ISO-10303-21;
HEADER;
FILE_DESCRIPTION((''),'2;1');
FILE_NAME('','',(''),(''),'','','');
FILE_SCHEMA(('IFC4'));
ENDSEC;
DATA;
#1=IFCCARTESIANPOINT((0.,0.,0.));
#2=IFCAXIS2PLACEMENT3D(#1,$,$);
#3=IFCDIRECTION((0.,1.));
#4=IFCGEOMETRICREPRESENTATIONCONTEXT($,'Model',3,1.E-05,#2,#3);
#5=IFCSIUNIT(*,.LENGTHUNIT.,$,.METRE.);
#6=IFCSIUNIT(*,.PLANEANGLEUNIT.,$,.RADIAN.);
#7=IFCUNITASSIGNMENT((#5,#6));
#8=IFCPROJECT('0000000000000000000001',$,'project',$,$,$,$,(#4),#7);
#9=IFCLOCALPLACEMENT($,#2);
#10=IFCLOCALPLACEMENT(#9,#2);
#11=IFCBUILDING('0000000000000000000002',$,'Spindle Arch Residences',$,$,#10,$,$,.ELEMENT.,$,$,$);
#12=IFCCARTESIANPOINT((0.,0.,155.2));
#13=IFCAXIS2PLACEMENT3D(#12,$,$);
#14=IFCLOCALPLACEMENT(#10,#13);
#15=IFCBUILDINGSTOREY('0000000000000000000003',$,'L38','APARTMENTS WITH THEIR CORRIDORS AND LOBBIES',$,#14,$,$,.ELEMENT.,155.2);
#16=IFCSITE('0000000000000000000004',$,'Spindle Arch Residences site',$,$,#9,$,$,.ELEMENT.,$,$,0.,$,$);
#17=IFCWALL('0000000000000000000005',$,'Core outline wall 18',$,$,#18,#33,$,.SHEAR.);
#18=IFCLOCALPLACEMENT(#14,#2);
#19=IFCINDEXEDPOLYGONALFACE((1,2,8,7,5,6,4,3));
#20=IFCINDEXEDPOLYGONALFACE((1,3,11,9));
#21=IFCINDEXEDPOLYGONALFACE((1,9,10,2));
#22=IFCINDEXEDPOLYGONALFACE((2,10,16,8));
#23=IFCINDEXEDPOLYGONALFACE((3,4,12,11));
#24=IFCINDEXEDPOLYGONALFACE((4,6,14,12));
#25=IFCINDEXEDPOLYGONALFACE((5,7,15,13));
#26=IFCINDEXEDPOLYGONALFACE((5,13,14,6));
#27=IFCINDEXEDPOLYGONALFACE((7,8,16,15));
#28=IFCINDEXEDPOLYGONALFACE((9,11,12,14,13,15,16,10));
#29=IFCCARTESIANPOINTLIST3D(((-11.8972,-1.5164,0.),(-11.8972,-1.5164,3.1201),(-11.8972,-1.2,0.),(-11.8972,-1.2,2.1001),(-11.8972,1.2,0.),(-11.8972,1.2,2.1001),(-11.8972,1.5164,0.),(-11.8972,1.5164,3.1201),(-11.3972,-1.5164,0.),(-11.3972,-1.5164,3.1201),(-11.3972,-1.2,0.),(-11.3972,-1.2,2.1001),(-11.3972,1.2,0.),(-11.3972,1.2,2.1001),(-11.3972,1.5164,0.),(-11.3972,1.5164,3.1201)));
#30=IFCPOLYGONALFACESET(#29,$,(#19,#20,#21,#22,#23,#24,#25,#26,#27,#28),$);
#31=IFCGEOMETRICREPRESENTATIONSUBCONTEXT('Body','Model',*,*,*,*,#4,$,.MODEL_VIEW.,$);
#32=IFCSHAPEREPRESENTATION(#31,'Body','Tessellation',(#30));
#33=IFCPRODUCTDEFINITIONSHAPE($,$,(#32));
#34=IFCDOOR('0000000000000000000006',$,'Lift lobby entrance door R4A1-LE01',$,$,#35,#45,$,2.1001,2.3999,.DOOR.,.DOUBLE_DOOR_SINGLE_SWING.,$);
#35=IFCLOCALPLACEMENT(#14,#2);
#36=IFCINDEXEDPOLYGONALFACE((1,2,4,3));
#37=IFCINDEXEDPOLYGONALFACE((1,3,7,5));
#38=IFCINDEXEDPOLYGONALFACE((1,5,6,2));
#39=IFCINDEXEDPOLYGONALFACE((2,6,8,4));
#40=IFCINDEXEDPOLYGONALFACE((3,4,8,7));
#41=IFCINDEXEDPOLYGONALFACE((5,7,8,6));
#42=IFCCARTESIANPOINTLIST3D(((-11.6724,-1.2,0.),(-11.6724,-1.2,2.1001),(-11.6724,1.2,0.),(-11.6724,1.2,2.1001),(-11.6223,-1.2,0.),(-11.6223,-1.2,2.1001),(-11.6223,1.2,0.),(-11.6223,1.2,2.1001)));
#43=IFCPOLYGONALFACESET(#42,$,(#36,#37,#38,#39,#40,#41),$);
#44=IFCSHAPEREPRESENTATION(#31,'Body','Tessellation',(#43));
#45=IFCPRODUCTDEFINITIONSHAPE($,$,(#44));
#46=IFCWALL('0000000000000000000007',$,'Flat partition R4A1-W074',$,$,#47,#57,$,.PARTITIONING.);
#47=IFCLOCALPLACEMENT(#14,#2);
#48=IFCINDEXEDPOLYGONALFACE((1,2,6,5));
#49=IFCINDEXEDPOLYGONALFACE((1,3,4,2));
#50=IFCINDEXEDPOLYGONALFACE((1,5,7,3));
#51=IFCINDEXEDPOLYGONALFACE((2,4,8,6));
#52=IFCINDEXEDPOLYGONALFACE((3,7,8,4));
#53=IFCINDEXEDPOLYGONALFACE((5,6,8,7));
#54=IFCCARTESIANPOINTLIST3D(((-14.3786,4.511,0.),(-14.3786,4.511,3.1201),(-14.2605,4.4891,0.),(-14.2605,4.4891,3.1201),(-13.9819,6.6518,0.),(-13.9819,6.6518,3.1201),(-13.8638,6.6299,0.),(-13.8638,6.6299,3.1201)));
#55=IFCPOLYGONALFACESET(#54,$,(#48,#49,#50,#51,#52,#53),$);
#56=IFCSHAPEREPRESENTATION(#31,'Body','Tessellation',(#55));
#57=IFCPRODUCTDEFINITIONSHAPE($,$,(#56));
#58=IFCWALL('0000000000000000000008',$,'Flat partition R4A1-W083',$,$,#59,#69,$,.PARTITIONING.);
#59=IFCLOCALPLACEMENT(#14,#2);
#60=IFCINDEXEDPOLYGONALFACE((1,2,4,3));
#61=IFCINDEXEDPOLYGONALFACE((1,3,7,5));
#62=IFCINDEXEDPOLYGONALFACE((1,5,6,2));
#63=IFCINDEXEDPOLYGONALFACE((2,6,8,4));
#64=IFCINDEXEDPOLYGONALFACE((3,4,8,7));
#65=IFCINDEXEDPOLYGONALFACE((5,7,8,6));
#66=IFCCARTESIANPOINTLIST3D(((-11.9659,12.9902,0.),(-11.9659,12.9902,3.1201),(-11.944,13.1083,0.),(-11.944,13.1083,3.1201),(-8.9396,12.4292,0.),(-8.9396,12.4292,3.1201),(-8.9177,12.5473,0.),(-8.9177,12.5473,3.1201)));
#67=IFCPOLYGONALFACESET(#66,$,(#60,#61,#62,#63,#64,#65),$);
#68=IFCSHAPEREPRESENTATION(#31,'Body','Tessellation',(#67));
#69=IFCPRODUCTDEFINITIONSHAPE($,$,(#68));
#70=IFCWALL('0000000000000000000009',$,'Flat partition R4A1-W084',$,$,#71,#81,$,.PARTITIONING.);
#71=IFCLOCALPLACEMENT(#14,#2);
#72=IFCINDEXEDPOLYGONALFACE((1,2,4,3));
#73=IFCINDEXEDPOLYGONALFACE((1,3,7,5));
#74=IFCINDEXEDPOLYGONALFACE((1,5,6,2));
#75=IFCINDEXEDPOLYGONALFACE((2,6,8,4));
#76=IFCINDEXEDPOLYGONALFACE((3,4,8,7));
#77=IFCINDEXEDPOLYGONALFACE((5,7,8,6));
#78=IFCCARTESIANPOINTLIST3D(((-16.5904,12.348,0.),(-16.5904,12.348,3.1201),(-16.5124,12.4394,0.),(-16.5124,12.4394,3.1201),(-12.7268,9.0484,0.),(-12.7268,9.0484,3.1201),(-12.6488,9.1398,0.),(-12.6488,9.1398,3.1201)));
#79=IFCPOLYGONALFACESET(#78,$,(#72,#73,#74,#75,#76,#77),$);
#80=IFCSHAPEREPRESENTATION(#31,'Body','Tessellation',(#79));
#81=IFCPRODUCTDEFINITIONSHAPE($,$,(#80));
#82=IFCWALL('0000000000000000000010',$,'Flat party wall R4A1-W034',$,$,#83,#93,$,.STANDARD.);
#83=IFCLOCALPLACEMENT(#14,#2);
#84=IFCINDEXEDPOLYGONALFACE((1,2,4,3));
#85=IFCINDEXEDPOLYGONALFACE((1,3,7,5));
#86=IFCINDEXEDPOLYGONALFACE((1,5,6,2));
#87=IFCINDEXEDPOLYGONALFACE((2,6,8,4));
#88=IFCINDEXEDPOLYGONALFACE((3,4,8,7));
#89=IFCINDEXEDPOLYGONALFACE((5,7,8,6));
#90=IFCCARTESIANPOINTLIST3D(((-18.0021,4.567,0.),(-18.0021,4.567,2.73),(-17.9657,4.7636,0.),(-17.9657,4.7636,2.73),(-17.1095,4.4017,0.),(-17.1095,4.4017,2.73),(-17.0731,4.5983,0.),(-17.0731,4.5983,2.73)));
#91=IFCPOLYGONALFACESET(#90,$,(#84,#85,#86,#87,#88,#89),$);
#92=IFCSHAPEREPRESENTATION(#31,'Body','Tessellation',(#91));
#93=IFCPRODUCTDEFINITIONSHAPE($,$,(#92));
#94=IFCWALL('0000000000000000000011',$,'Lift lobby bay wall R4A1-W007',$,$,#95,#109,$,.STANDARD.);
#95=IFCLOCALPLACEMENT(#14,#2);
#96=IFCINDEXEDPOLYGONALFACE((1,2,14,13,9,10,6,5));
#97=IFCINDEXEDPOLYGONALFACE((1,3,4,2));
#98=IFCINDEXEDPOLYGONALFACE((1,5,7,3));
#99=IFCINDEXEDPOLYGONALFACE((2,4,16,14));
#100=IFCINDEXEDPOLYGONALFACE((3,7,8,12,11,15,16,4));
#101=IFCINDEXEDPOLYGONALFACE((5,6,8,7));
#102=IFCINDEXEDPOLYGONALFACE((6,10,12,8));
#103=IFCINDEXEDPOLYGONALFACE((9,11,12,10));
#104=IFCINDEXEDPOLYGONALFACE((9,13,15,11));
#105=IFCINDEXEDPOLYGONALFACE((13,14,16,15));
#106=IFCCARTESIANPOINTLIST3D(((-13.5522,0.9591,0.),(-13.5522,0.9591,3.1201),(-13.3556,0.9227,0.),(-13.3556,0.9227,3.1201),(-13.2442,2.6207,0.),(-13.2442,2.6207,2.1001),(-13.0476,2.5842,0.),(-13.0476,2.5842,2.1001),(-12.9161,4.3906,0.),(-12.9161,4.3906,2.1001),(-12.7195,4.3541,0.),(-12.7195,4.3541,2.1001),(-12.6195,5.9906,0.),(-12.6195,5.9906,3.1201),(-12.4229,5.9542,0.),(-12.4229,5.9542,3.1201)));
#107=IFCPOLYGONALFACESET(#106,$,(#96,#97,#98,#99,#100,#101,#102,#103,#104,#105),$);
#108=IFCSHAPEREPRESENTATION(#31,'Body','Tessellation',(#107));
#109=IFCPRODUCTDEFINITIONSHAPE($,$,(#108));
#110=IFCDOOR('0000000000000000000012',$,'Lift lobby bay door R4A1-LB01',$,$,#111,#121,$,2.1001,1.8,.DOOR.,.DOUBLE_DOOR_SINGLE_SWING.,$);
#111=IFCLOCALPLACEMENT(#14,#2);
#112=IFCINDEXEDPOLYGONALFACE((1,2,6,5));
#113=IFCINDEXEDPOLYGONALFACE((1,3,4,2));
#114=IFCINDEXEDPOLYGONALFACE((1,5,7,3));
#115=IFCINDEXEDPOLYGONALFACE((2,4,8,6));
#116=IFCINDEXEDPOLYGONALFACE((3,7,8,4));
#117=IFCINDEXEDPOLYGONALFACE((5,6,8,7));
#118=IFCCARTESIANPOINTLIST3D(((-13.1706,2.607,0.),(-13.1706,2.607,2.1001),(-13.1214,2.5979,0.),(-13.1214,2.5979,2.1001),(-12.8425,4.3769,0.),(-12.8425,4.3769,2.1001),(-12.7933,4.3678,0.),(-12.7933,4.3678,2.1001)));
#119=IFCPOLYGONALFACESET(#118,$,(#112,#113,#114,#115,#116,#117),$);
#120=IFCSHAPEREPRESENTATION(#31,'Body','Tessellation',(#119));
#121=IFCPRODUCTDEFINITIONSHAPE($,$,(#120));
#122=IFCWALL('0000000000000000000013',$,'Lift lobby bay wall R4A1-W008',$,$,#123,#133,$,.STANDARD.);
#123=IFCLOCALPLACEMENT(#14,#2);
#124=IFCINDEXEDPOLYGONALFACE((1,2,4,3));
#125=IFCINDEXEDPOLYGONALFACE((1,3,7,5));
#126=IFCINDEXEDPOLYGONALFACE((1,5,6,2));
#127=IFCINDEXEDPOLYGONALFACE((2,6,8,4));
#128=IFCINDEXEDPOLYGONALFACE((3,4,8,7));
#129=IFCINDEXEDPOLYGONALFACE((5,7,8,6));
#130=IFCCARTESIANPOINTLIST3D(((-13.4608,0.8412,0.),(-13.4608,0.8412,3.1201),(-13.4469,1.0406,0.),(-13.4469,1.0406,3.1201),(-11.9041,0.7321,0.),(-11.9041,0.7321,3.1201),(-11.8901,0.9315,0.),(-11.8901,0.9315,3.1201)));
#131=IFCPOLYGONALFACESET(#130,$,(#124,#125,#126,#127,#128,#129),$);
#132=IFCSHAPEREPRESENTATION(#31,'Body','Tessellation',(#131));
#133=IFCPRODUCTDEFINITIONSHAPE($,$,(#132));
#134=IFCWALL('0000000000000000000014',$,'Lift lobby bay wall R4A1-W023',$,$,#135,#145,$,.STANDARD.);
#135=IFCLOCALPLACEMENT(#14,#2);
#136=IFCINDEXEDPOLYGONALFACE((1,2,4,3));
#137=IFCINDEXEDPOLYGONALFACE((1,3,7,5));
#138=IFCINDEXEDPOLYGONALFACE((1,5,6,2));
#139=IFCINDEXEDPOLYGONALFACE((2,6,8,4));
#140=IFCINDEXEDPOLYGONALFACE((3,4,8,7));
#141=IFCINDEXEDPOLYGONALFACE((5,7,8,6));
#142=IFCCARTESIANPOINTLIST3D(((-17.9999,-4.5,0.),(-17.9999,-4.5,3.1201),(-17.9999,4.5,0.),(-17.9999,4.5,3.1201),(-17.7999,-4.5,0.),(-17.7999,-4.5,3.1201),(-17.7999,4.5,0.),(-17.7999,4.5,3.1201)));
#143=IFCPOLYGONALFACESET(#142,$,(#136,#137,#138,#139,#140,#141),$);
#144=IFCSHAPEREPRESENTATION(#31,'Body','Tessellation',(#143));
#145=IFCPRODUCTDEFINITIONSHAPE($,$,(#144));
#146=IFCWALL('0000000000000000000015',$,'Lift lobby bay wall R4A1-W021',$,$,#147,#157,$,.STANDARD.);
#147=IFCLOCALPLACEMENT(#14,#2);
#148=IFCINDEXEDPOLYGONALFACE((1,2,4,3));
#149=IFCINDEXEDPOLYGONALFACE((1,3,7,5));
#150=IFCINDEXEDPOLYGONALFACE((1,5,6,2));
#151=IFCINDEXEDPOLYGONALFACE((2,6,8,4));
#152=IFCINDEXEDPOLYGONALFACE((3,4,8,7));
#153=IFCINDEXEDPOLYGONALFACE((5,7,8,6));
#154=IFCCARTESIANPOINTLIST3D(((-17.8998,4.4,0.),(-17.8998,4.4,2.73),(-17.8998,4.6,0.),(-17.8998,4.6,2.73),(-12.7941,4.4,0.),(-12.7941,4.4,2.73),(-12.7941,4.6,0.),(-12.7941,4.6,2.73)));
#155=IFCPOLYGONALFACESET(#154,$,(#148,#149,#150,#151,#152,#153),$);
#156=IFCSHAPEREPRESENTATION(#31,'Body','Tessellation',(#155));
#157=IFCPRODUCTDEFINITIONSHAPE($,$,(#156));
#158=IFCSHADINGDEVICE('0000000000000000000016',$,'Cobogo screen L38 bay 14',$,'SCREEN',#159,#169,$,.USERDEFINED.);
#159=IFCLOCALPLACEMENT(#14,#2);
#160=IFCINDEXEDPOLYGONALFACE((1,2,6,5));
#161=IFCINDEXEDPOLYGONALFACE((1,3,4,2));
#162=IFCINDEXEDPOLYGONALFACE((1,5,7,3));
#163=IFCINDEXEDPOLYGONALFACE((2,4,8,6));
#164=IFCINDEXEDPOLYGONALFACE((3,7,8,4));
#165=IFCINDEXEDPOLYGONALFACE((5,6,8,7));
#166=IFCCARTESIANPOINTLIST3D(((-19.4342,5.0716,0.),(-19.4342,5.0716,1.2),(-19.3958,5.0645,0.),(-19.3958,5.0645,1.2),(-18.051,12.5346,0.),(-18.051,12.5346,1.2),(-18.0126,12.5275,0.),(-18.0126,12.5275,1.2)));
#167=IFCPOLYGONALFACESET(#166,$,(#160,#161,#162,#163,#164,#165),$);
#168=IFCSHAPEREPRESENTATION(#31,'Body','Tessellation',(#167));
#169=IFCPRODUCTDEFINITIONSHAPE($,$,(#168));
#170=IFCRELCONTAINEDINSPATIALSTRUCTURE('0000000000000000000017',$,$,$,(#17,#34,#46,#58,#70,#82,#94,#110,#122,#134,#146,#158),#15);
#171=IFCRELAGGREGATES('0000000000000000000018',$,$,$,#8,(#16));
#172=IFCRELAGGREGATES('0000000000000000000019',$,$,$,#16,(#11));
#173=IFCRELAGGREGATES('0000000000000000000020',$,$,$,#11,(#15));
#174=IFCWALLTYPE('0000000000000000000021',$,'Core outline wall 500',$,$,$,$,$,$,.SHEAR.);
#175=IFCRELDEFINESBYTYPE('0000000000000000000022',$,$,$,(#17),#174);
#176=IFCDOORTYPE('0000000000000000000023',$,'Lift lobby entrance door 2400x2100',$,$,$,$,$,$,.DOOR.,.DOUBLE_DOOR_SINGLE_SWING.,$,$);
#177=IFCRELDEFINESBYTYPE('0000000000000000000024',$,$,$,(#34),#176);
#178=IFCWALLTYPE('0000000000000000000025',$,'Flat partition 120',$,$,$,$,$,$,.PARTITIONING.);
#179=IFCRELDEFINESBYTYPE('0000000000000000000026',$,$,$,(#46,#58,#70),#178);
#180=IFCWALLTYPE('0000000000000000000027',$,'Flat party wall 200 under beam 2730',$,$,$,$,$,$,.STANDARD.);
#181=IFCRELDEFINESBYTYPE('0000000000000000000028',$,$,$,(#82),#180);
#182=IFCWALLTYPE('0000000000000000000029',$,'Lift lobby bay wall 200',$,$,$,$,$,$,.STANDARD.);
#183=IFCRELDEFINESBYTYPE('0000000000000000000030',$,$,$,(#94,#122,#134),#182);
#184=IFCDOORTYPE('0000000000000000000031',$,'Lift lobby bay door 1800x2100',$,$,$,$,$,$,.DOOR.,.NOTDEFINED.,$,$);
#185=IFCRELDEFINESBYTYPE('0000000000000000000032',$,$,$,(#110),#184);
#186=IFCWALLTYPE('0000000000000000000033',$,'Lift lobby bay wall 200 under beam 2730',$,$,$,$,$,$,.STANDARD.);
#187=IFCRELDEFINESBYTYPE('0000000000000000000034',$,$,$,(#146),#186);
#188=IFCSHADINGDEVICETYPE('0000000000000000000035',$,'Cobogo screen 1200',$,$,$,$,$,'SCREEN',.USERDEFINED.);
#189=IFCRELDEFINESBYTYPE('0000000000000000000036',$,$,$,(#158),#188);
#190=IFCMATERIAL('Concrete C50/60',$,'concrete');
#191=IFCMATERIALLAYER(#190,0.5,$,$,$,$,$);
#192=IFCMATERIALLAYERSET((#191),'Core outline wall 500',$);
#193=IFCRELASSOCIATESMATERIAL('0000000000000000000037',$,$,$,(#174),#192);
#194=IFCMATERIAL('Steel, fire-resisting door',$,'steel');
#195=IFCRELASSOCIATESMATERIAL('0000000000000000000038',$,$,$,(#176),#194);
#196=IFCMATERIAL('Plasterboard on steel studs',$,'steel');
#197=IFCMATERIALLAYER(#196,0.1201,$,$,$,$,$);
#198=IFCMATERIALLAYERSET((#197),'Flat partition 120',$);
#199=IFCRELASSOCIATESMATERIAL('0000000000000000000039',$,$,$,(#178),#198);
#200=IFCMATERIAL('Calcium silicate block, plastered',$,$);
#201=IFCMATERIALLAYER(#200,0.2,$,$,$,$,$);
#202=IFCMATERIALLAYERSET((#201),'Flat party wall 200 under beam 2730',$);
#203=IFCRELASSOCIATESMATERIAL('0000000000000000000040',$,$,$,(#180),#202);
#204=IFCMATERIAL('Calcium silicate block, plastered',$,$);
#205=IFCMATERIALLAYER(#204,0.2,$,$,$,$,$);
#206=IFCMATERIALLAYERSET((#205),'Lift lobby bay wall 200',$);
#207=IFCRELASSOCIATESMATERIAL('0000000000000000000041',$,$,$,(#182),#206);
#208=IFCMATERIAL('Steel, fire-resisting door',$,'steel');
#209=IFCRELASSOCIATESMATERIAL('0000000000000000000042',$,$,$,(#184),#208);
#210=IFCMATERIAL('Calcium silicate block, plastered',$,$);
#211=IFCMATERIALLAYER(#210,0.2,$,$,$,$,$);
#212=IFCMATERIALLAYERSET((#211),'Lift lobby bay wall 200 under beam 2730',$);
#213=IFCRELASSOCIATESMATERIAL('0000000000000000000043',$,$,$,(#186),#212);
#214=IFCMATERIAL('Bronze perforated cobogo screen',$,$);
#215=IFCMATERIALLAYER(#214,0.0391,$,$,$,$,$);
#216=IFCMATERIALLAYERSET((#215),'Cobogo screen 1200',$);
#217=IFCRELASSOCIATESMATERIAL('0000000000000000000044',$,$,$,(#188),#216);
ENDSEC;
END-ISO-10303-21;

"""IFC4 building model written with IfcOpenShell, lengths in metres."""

from ifc_helpers import new_model, si_unit, direction, frame, frame_2d, origin, origin_2d, place, context, subcontext, project, spatial, rectangle, extrude, material, layer, layer_set, type_object, element, fill, save


model = new_model("IFC4")

# Units and contexts
model_context = context("Model", 3, precision=1e-05, world=origin(), true_north=direction((0.0, 1.0)))
body_context = subcontext(model_context, "Body", "Model", "MODEL_VIEW")
ifc_project = project(units=[si_unit("LENGTHUNIT", "METRE"), si_unit("PLANEANGLEUNIT", "RADIAN")], contexts=[model_context])

# Site, building, storey
site_placement = place(None, origin())
site = spatial("IfcSite", under=ifc_project, at=site_placement, Name="Spindle Arch Residences site", CompositionType="ELEMENT", RefElevation=0.0)
building_placement = place(site_placement, origin())
building = spatial("IfcBuilding", under=site, at=building_placement, Name="Spindle Arch Residences", CompositionType="ELEMENT")
storey_placement = place(building_placement, frame((0.0, 0.0, 155.2)))
storey = spatial("IfcBuildingStorey", under=building, at=storey_placement, Name="L38", Description="APARTMENTS WITH THEIR CORRIDORS AND LOBBIES", CompositionType="ELEMENT", Elevation=155.2)

# Wall, opening, door
ifc_material_1 = material(Name="Concrete C50/60", Category="concrete")
ifc_layer_1 = layer(ifc_material_1, 0.5)
ifc_layer_set_1 = layer_set([ifc_layer_1], Name="Core outline wall 500")
wall_type_1 = type_object("IfcWallType", Name="Core outline wall 500", PredefinedType="SHEAR", material=ifc_layer_set_1)
wall_1_placement = place(storey_placement, frame((-11.6472, 1.5164, 0.0), z_axis=(0.0, 0.0, 1.0), x_axis=(0.0, -1.0, 0.0)))
wall_1 = element("IfcWall", 1, at=wall_1_placement, inside=storey, type_object=wall_type_1, Name="Core outline wall 18", PredefinedType="SHEAR", context=body_context, shape_type="SweptSolid", body=[
    extrude(rectangle(XDim=3.0327, YDim=0.5, at=frame_2d((1.5164, 0.0))), origin(), (0.0, 0.0, 1.0), 3.1201),
])
opening_1_placement = place(wall_1_placement, frame((0.3164, 0.0, 0.0)))
opening_1 = element("IfcOpeningElement", 2, at=opening_1_placement, cuts=wall_1, PredefinedType="OPENING", context=body_context, shape_type="SweptSolid", body=[
    extrude(rectangle(XDim=2.3999, YDim=2.1001, at=frame_2d((1.2, 1.05))), frame((0.0, 0.26, 0.0), z_axis=(0.0, -1.0, 0.0), x_axis=(1.0, 0.0, 0.0)), (0.0, 0.0, 1.0), 0.52),
])
ifc_material_2 = material(Name="Steel, fire-resisting door", Category="steel")
door_type_1 = type_object("IfcDoorType", Name="Lift lobby entrance door 2400x2100", OperationType="DOUBLE_DOOR_SINGLE_SWING", PredefinedType="DOOR", material=ifc_material_2)
door_1_placement = place(opening_1_placement, origin())
door_1 = element("IfcDoor", 3, at=door_1_placement, inside=storey, type_object=door_type_1, Name="Lift lobby entrance door R4A1-LE01", OperationType="DOUBLE_DOOR_SINGLE_SWING", OverallHeight=2.1001, OverallWidth=2.3999, PredefinedType="DOOR", context=body_context, shape_type="SweptSolid", body=[
    extrude(rectangle(XDim=2.3999, YDim=2.1001, at=frame_2d((1.2, 1.05))), frame((0.0, 0.0249, 0.0), z_axis=(0.0, -1.0, 0.0), x_axis=(1.0, 0.0, 0.0)), (0.0, 0.0, 1.0), 0.05),
])
fill(opening_1, door_1)

# Walls
ifc_material_3 = material(Name="Plasterboard on steel studs", Category="steel")
ifc_layer_2 = layer(ifc_material_3, 0.1201)
ifc_layer_set_2 = layer_set([ifc_layer_2], Name="Flat partition 120")
wall_type_2 = type_object("IfcWallType", Name="Flat partition 120", PredefinedType="PARTITIONING", material=ifc_layer_set_2)
wall_2_placement = place(storey_placement, frame((-13.9229, 6.6409, 0.0), z_axis=(0.0, 0.0, 1.0), x_axis=(-0.18221, -0.98326, 0.0)))
element("IfcWall", 4, at=wall_2_placement, inside=storey, type_object=wall_type_2, Name="Flat partition R4A1-W074", PredefinedType="PARTITIONING", context=body_context, shape_type="SweptSolid", body=[
    extrude(rectangle(XDim=2.1772, YDim=0.1201, at=frame_2d((1.0886, 0.0))), origin(), (0.0, 0.0, 1.0), 3.1201),
])
wall_3_placement = place(storey_placement, frame((-11.9551, 13.0493, 0.0), z_axis=(0.0, 0.0, 1.0), x_axis=(0.983247, -0.182277, 0.0)))
element("IfcWall", 5, at=wall_3_placement, inside=storey, type_object=wall_type_2, Name="Flat partition R4A1-W083", PredefinedType="PARTITIONING", context=body_context, shape_type="SweptSolid", body=[
    extrude(rectangle(XDim=3.0779, YDim=0.1201, at=frame_2d((1.5391, 0.0))), origin(), (0.0, 0.0, 1.0), 3.1201),
])
wall_4_placement = place(storey_placement, frame((-16.5515, 12.3938, 0.0), z_axis=(0.0, 0.0, 1.0), x_axis=(0.760426, -0.649425, 0.0)))
element("IfcWall", 6, at=wall_4_placement, inside=storey, type_object=wall_type_2, Name="Flat partition R4A1-W084", PredefinedType="PARTITIONING", context=body_context, shape_type="SweptSolid", body=[
    extrude(rectangle(XDim=5.0808, YDim=0.1201, at=frame_2d((2.5405, 0.0))), origin(), (0.0, 0.0, 1.0), 3.1201),
])
ifc_material_4 = material(Name="Calcium silicate block, plastered")
ifc_layer_3 = layer(ifc_material_4, 0.2)
ifc_layer_set_3 = layer_set([ifc_layer_3], Name="Flat party wall 200 under beam 2730")
wall_type_3 = type_object("IfcWallType", Name="Flat party wall 200 under beam 2730", PredefinedType="STANDARD", material=ifc_layer_set_3)
wall_5_placement = place(storey_placement, frame((-17.9839, 4.6653, 0.0), z_axis=(0.0, 0.0, 1.0), x_axis=(0.983284, -0.18208, 0.0)))
element("IfcWall", 7, at=wall_5_placement, inside=storey, type_object=wall_type_3, Name="Flat party wall R4A1-W034", PredefinedType="STANDARD", context=body_context, shape_type="SweptSolid", body=[
    extrude(rectangle(XDim=0.9077, YDim=0.2, at=frame_2d((0.4539, 0.0))), origin(), (0.0, 0.0, 1.0), 2.73),
])

# Wall, opening, door
ifc_material_5 = material(Name="Calcium silicate block, plastered")
ifc_layer_4 = layer(ifc_material_5, 0.2)
ifc_layer_set_4 = layer_set([ifc_layer_4], Name="Lift lobby bay wall 200")
wall_type_4 = type_object("IfcWallType", Name="Lift lobby bay wall 200", PredefinedType="STANDARD", material=ifc_layer_set_4)
wall_6_placement = place(storey_placement, frame((-12.5212, 5.9724, 0.0), z_axis=(0.0, 0.0, 1.0), x_axis=(-0.182252, -0.983252, 0.0)))
wall_6 = element("IfcWall", 8, at=wall_6_placement, inside=storey, type_object=wall_type_4, Name="Lift lobby bay wall R4A1-W007", PredefinedType="STANDARD", context=body_context, shape_type="SweptSolid", body=[
    extrude(rectangle(XDim=5.1172, YDim=0.2, at=frame_2d((2.5586, 0.0))), origin(), (0.0, 0.0, 1.0), 3.1201),
])
opening_2_placement = place(wall_6_placement, frame((1.6274, 0.0, 0.0)))
opening_2 = element("IfcOpeningElement", 9, at=opening_2_placement, cuts=wall_6, PredefinedType="OPENING", context=body_context, shape_type="SweptSolid", body=[
    extrude(rectangle(XDim=1.8, YDim=2.1001, at=frame_2d((0.8999, 1.05))), frame((0.0, 0.1099, 0.0), z_axis=(0.0, -1.0, 0.0), x_axis=(1.0, 0.0, 0.0)), (0.0, 0.0, 1.0), 0.22),
])
ifc_material_6 = material(Name="Steel, fire-resisting door", Category="steel")
door_type_2 = type_object("IfcDoorType", Name="Lift lobby bay door 1800x2100", OperationType="NOTDEFINED", PredefinedType="DOOR", material=ifc_material_6)
door_2_placement = place(opening_2_placement, origin())
door_2 = element("IfcDoor", 10, at=door_2_placement, inside=storey, type_object=door_type_2, Name="Lift lobby bay door R4A1-LB01", OperationType="DOUBLE_DOOR_SINGLE_SWING", OverallHeight=2.1001, OverallWidth=1.8, PredefinedType="DOOR", context=body_context, shape_type="SweptSolid", body=[
    extrude(rectangle(XDim=1.8, YDim=2.1001, at=frame_2d((0.8999, 1.05))), frame((0.0, 0.0249, 0.0), z_axis=(0.0, -1.0, 0.0), x_axis=(1.0, 0.0, 0.0)), (0.0, 0.0, 1.0), 0.05),
])
fill(opening_2, door_2)

# Walls
wall_7_placement = place(storey_placement, frame((-13.4539, 0.9409, 0.0), z_axis=(0.0, 0.0, 1.0), x_axis=(0.997552, -0.069935, 0.0)))
element("IfcWall", 11, at=wall_7_placement, inside=storey, type_object=wall_type_4, Name="Lift lobby bay wall R4A1-W008", PredefinedType="STANDARD", context=body_context, shape_type="SweptSolid", body=[
    extrude(rectangle(XDim=1.5605, YDim=0.2, at=frame_2d((0.7803, 0.0))), origin(), (0.0, 0.0, 1.0), 3.1201),
])
wall_8_placement = place(storey_placement, frame((-17.8999, 4.5, 0.0), z_axis=(0.0, 0.0, 1.0), x_axis=(0.0, -1.0, 0.0)))
element("IfcWall", 12, at=wall_8_placement, inside=storey, type_object=wall_type_4, Name="Lift lobby bay wall R4A1-W023", PredefinedType="STANDARD", context=body_context, shape_type="SweptSolid", body=[
    extrude(rectangle(XDim=9.0, YDim=0.2, at=frame_2d((4.5, 0.0))), origin(), (0.0, 0.0, 1.0), 3.1201),
])
ifc_material_7 = material(Name="Calcium silicate block, plastered")
ifc_layer_5 = layer(ifc_material_7, 0.2)
ifc_layer_set_5 = layer_set([ifc_layer_5], Name="Lift lobby bay wall 200 under beam 2730")
wall_type_5 = type_object("IfcWallType", Name="Lift lobby bay wall 200 under beam 2730", PredefinedType="STANDARD", material=ifc_layer_set_5)
wall_9_placement = place(storey_placement, frame((-12.7942, 4.5, 0.0), z_axis=(0.0, 0.0, 1.0), x_axis=(-1.0, 0.0, 0.0)))
element("IfcWall", 13, at=wall_9_placement, inside=storey, type_object=wall_type_5, Name="Lift lobby bay wall R4A1-W021", PredefinedType="STANDARD", context=body_context, shape_type="SweptSolid", body=[
    extrude(rectangle(XDim=5.1057, YDim=0.2, at=frame_2d((2.5527, 0.0))), origin(), (0.0, 0.0, 1.0), 2.73),
])

# Shading device
ifc_material_8 = material(Name="Bronze perforated cobogo screen")
ifc_layer_6 = layer(ifc_material_8, 0.0391)
ifc_layer_set_6 = layer_set([ifc_layer_6], Name="Cobogo screen 1200")
shading_device_type = type_object("IfcShadingDeviceType", Name="Cobogo screen 1200", ElementType="SCREEN", PredefinedType="USERDEFINED", material=ifc_layer_set_6)
shading_device_placement = place(storey_placement, frame((-18.7234, 8.7996, 0.0), z_axis=(0.0, 0.0, 1.0), x_axis=(-0.182236, -0.983255, 0.0)))
element("IfcShadingDevice", 14, at=shading_device_placement, inside=storey, type_object=shading_device_type, Name="Cobogo screen L38 bay 14", ObjectType="SCREEN", PredefinedType="USERDEFINED", context=body_context, shape_type="SweptSolid", body=[
    extrude(rectangle(XDim=7.5901, YDim=0.0391, at=origin_2d()), origin(), (0.0, 0.0, 1.0), 1.2),
])

save(model, "model.ifc")
